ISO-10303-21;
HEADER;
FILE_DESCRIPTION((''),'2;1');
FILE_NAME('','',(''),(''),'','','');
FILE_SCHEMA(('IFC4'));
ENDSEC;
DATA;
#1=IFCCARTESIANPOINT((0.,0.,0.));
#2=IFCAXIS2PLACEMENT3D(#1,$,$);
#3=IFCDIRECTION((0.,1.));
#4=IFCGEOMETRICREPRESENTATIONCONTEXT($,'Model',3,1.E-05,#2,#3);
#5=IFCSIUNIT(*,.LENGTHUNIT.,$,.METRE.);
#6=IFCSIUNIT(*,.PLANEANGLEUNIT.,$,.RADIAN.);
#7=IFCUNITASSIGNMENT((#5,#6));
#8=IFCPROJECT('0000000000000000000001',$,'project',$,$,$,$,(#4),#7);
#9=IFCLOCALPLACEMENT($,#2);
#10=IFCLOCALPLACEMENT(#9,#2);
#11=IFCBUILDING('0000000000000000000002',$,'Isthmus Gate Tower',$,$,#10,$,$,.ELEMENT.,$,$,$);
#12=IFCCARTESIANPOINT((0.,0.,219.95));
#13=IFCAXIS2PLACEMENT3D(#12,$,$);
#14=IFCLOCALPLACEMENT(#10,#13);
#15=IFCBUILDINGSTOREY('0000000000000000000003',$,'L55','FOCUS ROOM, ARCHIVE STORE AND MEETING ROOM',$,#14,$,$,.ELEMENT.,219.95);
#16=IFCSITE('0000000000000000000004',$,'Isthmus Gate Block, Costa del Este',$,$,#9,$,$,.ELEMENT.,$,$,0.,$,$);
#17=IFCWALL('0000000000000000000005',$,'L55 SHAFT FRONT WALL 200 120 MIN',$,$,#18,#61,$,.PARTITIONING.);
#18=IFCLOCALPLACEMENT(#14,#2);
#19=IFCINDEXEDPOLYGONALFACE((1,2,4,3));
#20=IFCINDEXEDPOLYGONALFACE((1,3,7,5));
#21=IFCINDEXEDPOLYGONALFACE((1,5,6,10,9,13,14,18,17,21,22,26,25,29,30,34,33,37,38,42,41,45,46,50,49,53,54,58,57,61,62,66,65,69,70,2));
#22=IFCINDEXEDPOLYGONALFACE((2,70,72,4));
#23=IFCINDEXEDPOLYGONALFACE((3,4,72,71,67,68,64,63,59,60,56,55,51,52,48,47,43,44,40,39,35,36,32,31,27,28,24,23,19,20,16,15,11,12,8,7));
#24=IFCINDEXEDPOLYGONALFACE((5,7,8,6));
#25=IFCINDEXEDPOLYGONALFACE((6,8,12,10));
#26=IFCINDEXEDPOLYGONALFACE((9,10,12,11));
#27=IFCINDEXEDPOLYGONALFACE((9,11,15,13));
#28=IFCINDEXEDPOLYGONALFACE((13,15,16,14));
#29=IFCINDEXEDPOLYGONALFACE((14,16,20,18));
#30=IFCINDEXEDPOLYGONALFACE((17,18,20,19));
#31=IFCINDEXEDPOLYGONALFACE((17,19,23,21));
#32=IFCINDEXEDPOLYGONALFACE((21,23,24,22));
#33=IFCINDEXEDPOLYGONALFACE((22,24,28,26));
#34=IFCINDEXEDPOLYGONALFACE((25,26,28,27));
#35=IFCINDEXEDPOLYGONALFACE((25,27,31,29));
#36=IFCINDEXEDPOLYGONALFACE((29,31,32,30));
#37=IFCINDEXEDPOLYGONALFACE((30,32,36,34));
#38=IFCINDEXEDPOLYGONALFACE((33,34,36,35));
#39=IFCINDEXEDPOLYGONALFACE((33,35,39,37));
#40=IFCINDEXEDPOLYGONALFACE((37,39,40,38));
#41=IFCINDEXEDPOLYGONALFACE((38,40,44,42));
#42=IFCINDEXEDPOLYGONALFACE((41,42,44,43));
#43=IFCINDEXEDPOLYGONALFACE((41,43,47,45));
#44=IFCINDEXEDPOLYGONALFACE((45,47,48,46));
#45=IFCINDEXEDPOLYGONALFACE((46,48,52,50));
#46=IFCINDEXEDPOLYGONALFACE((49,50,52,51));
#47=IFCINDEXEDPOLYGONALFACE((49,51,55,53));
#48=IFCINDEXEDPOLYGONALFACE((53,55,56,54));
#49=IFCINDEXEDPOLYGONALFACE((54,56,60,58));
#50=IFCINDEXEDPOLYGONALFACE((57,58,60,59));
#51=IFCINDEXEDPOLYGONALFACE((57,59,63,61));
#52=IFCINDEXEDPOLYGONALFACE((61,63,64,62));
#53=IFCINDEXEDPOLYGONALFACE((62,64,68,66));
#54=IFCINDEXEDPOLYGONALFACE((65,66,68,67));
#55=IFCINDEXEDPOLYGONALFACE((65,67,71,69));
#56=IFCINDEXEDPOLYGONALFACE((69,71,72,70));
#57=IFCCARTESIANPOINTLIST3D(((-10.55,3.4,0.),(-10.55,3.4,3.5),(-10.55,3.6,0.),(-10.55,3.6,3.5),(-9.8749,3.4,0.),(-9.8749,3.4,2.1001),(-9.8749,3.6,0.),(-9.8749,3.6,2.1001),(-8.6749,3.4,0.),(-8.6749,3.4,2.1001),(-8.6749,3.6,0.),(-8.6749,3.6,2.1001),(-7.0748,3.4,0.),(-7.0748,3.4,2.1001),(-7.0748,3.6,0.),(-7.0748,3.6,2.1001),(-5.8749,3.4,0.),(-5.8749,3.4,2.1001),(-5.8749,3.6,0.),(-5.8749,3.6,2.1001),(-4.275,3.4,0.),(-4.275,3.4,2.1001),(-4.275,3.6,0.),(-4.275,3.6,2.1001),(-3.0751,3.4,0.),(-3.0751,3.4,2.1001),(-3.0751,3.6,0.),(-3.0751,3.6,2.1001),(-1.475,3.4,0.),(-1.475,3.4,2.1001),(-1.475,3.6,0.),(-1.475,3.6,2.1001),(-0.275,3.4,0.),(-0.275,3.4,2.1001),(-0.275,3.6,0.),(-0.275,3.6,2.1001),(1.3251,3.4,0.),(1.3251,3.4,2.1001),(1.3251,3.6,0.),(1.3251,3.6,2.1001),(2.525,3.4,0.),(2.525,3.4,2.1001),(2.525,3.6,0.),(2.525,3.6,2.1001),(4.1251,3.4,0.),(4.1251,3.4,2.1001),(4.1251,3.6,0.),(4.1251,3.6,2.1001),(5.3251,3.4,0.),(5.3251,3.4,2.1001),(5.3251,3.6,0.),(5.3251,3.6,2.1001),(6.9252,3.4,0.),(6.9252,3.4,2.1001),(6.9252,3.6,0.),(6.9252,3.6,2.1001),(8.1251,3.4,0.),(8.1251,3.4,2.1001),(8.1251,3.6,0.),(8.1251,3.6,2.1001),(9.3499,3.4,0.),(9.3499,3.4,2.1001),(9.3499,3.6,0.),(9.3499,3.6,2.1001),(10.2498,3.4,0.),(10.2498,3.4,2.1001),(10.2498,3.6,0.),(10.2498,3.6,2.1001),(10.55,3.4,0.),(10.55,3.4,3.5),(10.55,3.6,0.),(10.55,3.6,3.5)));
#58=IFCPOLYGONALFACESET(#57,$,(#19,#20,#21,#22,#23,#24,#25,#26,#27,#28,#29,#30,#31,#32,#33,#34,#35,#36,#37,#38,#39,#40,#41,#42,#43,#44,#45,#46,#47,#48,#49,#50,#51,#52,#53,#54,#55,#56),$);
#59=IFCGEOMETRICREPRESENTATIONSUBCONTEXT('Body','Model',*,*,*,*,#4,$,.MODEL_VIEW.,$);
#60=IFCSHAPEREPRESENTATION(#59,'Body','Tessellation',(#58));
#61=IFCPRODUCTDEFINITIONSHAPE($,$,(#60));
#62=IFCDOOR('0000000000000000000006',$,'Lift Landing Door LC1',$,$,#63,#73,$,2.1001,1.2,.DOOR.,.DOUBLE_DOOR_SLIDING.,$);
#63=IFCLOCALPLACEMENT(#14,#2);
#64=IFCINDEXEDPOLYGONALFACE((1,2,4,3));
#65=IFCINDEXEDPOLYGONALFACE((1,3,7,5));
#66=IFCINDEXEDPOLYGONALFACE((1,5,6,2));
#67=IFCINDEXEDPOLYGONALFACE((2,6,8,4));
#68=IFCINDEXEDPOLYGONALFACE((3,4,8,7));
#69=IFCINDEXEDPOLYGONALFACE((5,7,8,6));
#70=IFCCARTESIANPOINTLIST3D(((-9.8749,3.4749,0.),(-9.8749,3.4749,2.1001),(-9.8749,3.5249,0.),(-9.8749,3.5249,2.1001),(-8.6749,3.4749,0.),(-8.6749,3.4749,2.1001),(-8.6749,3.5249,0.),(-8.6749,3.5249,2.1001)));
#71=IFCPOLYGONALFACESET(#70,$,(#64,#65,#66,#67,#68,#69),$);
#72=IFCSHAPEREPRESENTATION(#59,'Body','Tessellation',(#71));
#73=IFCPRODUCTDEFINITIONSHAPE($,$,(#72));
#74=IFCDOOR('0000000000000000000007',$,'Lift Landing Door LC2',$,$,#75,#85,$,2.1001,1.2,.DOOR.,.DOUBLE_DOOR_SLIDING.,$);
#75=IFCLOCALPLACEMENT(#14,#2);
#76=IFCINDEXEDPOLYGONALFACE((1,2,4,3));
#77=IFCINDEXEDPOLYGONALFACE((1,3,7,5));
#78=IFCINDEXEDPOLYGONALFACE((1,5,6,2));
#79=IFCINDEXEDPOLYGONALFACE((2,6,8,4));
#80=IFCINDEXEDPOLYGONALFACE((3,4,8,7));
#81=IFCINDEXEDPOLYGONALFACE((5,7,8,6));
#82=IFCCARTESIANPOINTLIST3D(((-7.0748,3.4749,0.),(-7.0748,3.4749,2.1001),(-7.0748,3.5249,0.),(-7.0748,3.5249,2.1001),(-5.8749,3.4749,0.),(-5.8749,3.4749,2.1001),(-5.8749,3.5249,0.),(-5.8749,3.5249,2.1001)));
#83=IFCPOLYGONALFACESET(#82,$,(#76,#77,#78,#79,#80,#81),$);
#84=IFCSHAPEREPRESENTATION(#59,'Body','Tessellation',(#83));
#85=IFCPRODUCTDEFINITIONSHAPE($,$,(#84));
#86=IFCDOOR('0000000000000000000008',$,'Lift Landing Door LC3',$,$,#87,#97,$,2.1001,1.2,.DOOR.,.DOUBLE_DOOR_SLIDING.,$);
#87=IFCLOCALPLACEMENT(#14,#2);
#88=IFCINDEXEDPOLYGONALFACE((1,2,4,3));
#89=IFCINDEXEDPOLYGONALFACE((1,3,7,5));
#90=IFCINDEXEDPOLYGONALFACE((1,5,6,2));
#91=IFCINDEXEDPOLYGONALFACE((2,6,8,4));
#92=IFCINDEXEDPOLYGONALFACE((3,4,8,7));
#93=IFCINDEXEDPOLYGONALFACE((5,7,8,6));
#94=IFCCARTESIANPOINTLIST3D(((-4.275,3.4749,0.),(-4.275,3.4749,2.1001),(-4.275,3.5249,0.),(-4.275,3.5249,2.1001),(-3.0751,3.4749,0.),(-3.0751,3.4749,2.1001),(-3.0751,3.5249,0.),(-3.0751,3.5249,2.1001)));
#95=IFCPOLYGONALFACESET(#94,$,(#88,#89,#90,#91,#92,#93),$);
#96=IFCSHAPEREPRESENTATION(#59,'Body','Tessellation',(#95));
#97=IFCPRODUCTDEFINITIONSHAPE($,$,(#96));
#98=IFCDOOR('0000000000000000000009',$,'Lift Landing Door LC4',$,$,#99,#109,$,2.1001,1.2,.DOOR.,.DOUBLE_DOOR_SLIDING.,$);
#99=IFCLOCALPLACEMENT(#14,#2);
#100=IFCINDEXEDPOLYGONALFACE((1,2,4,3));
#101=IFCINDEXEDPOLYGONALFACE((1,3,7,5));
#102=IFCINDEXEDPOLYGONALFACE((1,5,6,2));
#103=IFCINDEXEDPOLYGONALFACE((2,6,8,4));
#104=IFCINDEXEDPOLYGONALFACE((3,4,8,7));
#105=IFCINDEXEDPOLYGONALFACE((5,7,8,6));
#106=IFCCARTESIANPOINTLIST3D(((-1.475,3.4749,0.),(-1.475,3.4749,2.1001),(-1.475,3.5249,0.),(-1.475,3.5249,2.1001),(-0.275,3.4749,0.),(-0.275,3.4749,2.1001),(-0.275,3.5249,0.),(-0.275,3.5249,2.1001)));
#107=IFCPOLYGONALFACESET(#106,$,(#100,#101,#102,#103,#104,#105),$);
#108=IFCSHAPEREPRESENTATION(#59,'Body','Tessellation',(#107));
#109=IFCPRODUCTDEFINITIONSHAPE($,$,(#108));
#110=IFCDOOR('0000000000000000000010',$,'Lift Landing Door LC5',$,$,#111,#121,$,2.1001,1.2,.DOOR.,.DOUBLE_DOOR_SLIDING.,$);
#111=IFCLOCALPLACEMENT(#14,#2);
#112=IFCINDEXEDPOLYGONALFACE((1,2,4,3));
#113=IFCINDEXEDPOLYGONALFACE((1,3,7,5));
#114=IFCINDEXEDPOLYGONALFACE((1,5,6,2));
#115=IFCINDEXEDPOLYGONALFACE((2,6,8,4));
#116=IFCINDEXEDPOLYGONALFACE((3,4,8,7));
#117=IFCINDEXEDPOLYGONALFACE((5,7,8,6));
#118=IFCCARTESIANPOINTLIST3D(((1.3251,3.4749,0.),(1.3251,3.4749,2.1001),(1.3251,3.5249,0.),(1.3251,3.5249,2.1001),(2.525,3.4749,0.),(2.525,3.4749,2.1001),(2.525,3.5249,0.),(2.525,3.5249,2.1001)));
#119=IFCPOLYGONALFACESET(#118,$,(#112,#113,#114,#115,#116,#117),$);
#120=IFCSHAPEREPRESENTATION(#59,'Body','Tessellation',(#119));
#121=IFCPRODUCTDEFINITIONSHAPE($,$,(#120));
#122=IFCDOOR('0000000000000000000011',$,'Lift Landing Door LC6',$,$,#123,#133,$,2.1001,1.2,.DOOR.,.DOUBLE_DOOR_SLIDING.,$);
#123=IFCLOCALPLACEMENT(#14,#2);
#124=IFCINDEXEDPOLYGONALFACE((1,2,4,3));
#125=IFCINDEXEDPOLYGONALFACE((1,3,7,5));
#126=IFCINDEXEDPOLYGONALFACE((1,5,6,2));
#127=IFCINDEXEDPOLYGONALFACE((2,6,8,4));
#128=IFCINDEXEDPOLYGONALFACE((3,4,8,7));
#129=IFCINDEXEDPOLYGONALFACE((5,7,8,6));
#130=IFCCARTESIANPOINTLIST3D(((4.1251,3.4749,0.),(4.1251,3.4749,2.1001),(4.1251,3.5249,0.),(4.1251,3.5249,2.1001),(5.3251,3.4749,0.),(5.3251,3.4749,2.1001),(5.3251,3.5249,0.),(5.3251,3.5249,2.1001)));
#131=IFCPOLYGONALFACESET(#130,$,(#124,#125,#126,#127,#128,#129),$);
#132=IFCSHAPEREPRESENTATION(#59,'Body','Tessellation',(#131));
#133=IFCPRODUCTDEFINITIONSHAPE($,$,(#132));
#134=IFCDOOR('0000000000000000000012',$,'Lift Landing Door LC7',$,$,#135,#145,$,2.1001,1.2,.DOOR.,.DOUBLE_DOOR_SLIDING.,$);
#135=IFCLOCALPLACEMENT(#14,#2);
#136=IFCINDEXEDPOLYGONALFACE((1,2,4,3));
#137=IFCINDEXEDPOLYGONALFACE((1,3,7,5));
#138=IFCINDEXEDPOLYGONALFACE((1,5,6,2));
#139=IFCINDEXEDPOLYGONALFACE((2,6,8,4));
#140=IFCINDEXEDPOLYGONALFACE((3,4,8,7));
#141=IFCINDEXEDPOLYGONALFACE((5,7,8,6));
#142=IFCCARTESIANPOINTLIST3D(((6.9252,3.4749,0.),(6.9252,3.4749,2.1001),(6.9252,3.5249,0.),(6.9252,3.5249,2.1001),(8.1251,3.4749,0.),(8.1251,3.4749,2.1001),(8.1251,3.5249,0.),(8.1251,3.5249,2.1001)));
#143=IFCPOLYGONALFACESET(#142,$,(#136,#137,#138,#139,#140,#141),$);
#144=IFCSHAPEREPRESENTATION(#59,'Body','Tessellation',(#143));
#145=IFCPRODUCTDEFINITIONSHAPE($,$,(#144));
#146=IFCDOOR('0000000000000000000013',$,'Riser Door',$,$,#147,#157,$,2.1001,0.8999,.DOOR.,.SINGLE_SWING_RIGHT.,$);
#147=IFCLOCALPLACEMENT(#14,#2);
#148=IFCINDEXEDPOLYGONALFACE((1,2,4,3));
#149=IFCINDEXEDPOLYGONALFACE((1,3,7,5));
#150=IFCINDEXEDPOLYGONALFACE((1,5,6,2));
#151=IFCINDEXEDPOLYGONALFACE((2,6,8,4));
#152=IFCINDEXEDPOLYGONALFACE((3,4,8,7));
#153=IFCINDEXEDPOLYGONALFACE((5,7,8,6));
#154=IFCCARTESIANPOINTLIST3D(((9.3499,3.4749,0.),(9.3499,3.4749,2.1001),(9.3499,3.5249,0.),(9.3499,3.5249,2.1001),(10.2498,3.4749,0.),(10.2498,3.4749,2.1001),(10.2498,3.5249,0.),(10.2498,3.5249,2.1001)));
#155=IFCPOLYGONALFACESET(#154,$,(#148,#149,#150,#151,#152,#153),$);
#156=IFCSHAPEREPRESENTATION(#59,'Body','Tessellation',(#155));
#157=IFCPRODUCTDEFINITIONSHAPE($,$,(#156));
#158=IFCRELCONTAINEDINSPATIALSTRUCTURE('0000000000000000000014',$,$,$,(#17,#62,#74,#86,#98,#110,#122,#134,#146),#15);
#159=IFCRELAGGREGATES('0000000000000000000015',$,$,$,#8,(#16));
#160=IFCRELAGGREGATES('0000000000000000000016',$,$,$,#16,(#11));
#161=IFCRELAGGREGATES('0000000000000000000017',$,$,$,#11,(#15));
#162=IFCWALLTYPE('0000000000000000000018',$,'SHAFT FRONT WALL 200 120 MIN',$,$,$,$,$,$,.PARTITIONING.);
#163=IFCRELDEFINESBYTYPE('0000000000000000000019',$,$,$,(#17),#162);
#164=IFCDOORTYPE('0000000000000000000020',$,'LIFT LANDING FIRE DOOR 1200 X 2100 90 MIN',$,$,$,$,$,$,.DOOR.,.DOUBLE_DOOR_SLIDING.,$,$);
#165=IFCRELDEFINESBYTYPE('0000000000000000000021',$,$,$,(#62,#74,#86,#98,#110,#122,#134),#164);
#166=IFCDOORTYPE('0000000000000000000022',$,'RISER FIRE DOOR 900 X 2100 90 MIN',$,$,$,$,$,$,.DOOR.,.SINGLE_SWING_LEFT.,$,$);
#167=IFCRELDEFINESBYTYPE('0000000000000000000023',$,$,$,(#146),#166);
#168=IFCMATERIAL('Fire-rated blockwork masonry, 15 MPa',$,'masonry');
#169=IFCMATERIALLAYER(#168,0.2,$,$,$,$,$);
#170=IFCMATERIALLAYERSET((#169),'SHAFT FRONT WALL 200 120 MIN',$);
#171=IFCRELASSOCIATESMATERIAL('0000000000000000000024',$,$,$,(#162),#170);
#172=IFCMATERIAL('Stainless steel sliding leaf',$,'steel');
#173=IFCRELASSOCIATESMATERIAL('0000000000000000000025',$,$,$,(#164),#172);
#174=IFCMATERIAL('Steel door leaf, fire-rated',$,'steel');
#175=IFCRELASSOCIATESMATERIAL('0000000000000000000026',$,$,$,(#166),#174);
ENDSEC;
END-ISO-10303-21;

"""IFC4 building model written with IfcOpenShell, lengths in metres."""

from ifc_helpers import new_model, si_unit, direction, frame, frame_2d, origin, place, context, subcontext, project, spatial, rectangle, extrude, material, layer, layer_set, type_object, element, fill, save


model = new_model("IFC4")

# Units and contexts
model_context = context("Model", 3, precision=1e-05, world=origin(), true_north=direction((0.0, 1.0)))
body_context = subcontext(model_context, "Body", "Model", "MODEL_VIEW")
ifc_project = project(units=[si_unit("LENGTHUNIT", "METRE"), si_unit("PLANEANGLEUNIT", "RADIAN")], contexts=[model_context])

# Site, building, storey
site_placement = place(None, origin())
site = spatial("IfcSite", under=ifc_project, at=site_placement, Name="Isthmus Gate Block, Costa del Este", CompositionType="ELEMENT", RefElevation=0.0)
building_placement = place(site_placement, origin())
building = spatial("IfcBuilding", under=site, at=building_placement, Name="Isthmus Gate Tower", CompositionType="ELEMENT")
storey_placement = place(building_placement, frame((0.0, 0.0, 219.95)))
storey = spatial("IfcBuildingStorey", under=building, at=storey_placement, Name="L55", Description="FOCUS ROOM, ARCHIVE STORE AND MEETING ROOM", CompositionType="ELEMENT", Elevation=219.95)

# Wall, openings, doors
ifc_material_1 = material(Name="Fire-rated blockwork masonry, 15 MPa", Category="masonry")
ifc_layer_1 = layer(ifc_material_1, 0.2)
ifc_layer_set_1 = layer_set([ifc_layer_1], Name="SHAFT FRONT WALL 200 120 MIN")
wall_type_1 = type_object("IfcWallType", Name="SHAFT FRONT WALL 200 120 MIN", PredefinedType="PARTITIONING", material=ifc_layer_set_1)
wall_1_placement = place(storey_placement, frame((-10.55, 3.5, 0.0), z_axis=(0.0, 0.0, 1.0), x_axis=(1.0, 0.0, 0.0)))
wall_1 = element("IfcWall", 1, at=wall_1_placement, inside=storey, type_object=wall_type_1, Name="L55 SHAFT FRONT WALL 200 120 MIN", PredefinedType="PARTITIONING", context=body_context, shape_type="SweptSolid", body=[
    extrude(rectangle(XDim=21.1001, YDim=0.2, at=frame_2d((10.55, 0.0))), origin(), (0.0, 0.0, 1.0), 3.5),
])
opening_1_placement = place(wall_1_placement, frame((0.675, 0.0, 0.0)))
opening_1 = element("IfcOpeningElement", 2, at=opening_1_placement, cuts=wall_1, PredefinedType="OPENING", context=body_context, shape_type="SweptSolid", body=[
    extrude(rectangle(XDim=1.2, YDim=2.1001, at=frame_2d((0.6001, 1.05))), frame((0.0, 0.1099, 0.0), z_axis=(0.0, -1.0, 0.0), x_axis=(1.0, 0.0, 0.0)), (0.0, 0.0, 1.0), 0.22),
])
opening_2_placement = place(wall_1_placement, frame((3.4751, 0.0, 0.0)))
opening_2 = element("IfcOpeningElement", 3, at=opening_2_placement, cuts=wall_1, PredefinedType="OPENING", context=body_context, shape_type="SweptSolid", body=[
    extrude(rectangle(XDim=1.2, YDim=2.1001, at=frame_2d((0.6001, 1.05))), frame((0.0, 0.1099, 0.0), z_axis=(0.0, -1.0, 0.0), x_axis=(1.0, 0.0, 0.0)), (0.0, 0.0, 1.0), 0.22),
])
opening_3_placement = place(wall_1_placement, frame((6.2749, 0.0, 0.0)))
opening_3 = element("IfcOpeningElement", 4, at=opening_3_placement, cuts=wall_1, PredefinedType="OPENING", context=body_context, shape_type="SweptSolid", body=[
    extrude(rectangle(XDim=1.2, YDim=2.1001, at=frame_2d((0.6001, 1.05))), frame((0.0, 0.1099, 0.0), z_axis=(0.0, -1.0, 0.0), x_axis=(1.0, 0.0, 0.0)), (0.0, 0.0, 1.0), 0.22),
])
opening_4_placement = place(wall_1_placement, frame((9.075, 0.0, 0.0)))
opening_4 = element("IfcOpeningElement", 5, at=opening_4_placement, cuts=wall_1, PredefinedType="OPENING", context=body_context, shape_type="SweptSolid", body=[
    extrude(rectangle(XDim=1.2, YDim=2.1001, at=frame_2d((0.6001, 1.05))), frame((0.0, 0.1099, 0.0), z_axis=(0.0, -1.0, 0.0), x_axis=(1.0, 0.0, 0.0)), (0.0, 0.0, 1.0), 0.22),
])
opening_5_placement = place(wall_1_placement, frame((11.875, 0.0, 0.0)))
opening_5 = element("IfcOpeningElement", 6, at=opening_5_placement, cuts=wall_1, PredefinedType="OPENING", context=body_context, shape_type="SweptSolid", body=[
    extrude(rectangle(XDim=1.2, YDim=2.1001, at=frame_2d((0.6001, 1.05))), frame((0.0, 0.1099, 0.0), z_axis=(0.0, -1.0, 0.0), x_axis=(1.0, 0.0, 0.0)), (0.0, 0.0, 1.0), 0.22),
])
opening_6_placement = place(wall_1_placement, frame((14.675, 0.0, 0.0)))
opening_6 = element("IfcOpeningElement", 7, at=opening_6_placement, cuts=wall_1, PredefinedType="OPENING", context=body_context, shape_type="SweptSolid", body=[
    extrude(rectangle(XDim=1.2, YDim=2.1001, at=frame_2d((0.6001, 1.05))), frame((0.0, 0.1099, 0.0), z_axis=(0.0, -1.0, 0.0), x_axis=(1.0, 0.0, 0.0)), (0.0, 0.0, 1.0), 0.22),
])
opening_7_placement = place(wall_1_placement, frame((17.4751, 0.0, 0.0)))
opening_7 = element("IfcOpeningElement", 8, at=opening_7_placement, cuts=wall_1, PredefinedType="OPENING", context=body_context, shape_type="SweptSolid", body=[
    extrude(rectangle(XDim=1.2, YDim=2.1001, at=frame_2d((0.6001, 1.05))), frame((0.0, 0.1099, 0.0), z_axis=(0.0, -1.0, 0.0), x_axis=(1.0, 0.0, 0.0)), (0.0, 0.0, 1.0), 0.22),
])
opening_8_placement = place(wall_1_placement, frame((19.8999, 0.0, 0.0)))
opening_8 = element("IfcOpeningElement", 9, at=opening_8_placement, cuts=wall_1, PredefinedType="OPENING", context=body_context, shape_type="SweptSolid", body=[
    extrude(rectangle(XDim=0.8999, YDim=2.1001, at=frame_2d((0.45, 1.05))), frame((0.0, 0.1099, 0.0), z_axis=(0.0, -1.0, 0.0), x_axis=(1.0, 0.0, 0.0)), (0.0, 0.0, 1.0), 0.22),
])
ifc_material_2 = material(Name="Stainless steel sliding leaf", Category="steel")
door_type_1 = type_object("IfcDoorType", Name="LIFT LANDING FIRE DOOR 1200 X 2100 90 MIN", OperationType="DOUBLE_DOOR_SLIDING", PredefinedType="DOOR", material=ifc_material_2)
door_1_placement = place(opening_1_placement, origin())
door_1 = element("IfcDoor", 10, at=door_1_placement, inside=storey, type_object=door_type_1, Name="Lift Landing Door LC1", OperationType="DOUBLE_DOOR_SLIDING", OverallHeight=2.1001, OverallWidth=1.2, PredefinedType="DOOR", context=body_context, shape_type="SweptSolid", body=[
    extrude(rectangle(XDim=1.2, YDim=2.1001, at=frame_2d((0.6001, 1.05))), frame((0.0, 0.0249, 0.0), z_axis=(0.0, -1.0, 0.0), x_axis=(1.0, 0.0, 0.0)), (0.0, 0.0, 1.0), 0.05),
])
fill(opening_1, door_1)
door_2_placement = place(opening_2_placement, origin())
door_2 = element("IfcDoor", 11, at=door_2_placement, inside=storey, type_object=door_type_1, Name="Lift Landing Door LC2", OperationType="DOUBLE_DOOR_SLIDING", OverallHeight=2.1001, OverallWidth=1.2, PredefinedType="DOOR", context=body_context, shape_type="SweptSolid", body=[
    extrude(rectangle(XDim=1.2, YDim=2.1001, at=frame_2d((0.6001, 1.05))), frame((0.0, 0.0249, 0.0), z_axis=(0.0, -1.0, 0.0), x_axis=(1.0, 0.0, 0.0)), (0.0, 0.0, 1.0), 0.05),
])
fill(opening_2, door_2)
door_3_placement = place(opening_3_placement, origin())
door_3 = element("IfcDoor", 12, at=door_3_placement, inside=storey, type_object=door_type_1, Name="Lift Landing Door LC3", OperationType="DOUBLE_DOOR_SLIDING", OverallHeight=2.1001, OverallWidth=1.2, PredefinedType="DOOR", context=body_context, shape_type="SweptSolid", body=[
    extrude(rectangle(XDim=1.2, YDim=2.1001, at=frame_2d((0.6001, 1.05))), frame((0.0, 0.0249, 0.0), z_axis=(0.0, -1.0, 0.0), x_axis=(1.0, 0.0, 0.0)), (0.0, 0.0, 1.0), 0.05),
])
fill(opening_3, door_3)
door_4_placement = place(opening_4_placement, origin())
door_4 = element("IfcDoor", 13, at=door_4_placement, inside=storey, type_object=door_type_1, Name="Lift Landing Door LC4", OperationType="DOUBLE_DOOR_SLIDING", OverallHeight=2.1001, OverallWidth=1.2, PredefinedType="DOOR", context=body_context, shape_type="SweptSolid", body=[
    extrude(rectangle(XDim=1.2, YDim=2.1001, at=frame_2d((0.6001, 1.05))), frame((0.0, 0.0249, 0.0), z_axis=(0.0, -1.0, 0.0), x_axis=(1.0, 0.0, 0.0)), (0.0, 0.0, 1.0), 0.05),
])
fill(opening_4, door_4)
door_5_placement = place(opening_5_placement, origin())
door_5 = element("IfcDoor", 14, at=door_5_placement, inside=storey, type_object=door_type_1, Name="Lift Landing Door LC5", OperationType="DOUBLE_DOOR_SLIDING", OverallHeight=2.1001, OverallWidth=1.2, PredefinedType="DOOR", context=body_context, shape_type="SweptSolid", body=[
    extrude(rectangle(XDim=1.2, YDim=2.1001, at=frame_2d((0.6001, 1.05))), frame((0.0, 0.0249, 0.0), z_axis=(0.0, -1.0, 0.0), x_axis=(1.0, 0.0, 0.0)), (0.0, 0.0, 1.0), 0.05),
])
fill(opening_5, door_5)
door_6_placement = place(opening_6_placement, origin())
door_6 = element("IfcDoor", 15, at=door_6_placement, inside=storey, type_object=door_type_1, Name="Lift Landing Door LC6", OperationType="DOUBLE_DOOR_SLIDING", OverallHeight=2.1001, OverallWidth=1.2, PredefinedType="DOOR", context=body_context, shape_type="SweptSolid", body=[
    extrude(rectangle(XDim=1.2, YDim=2.1001, at=frame_2d((0.6001, 1.05))), frame((0.0, 0.0249, 0.0), z_axis=(0.0, -1.0, 0.0), x_axis=(1.0, 0.0, 0.0)), (0.0, 0.0, 1.0), 0.05),
])
fill(opening_6, door_6)
door_7_placement = place(opening_7_placement, origin())
door_7 = element("IfcDoor", 16, at=door_7_placement, inside=storey, type_object=door_type_1, Name="Lift Landing Door LC7", OperationType="DOUBLE_DOOR_SLIDING", OverallHeight=2.1001, OverallWidth=1.2, PredefinedType="DOOR", context=body_context, shape_type="SweptSolid", body=[
    extrude(rectangle(XDim=1.2, YDim=2.1001, at=frame_2d((0.6001, 1.05))), frame((0.0, 0.0249, 0.0), z_axis=(0.0, -1.0, 0.0), x_axis=(1.0, 0.0, 0.0)), (0.0, 0.0, 1.0), 0.05),
])
fill(opening_7, door_7)
ifc_material_3 = material(Name="Steel door leaf, fire-rated", Category="steel")
door_type_2 = type_object("IfcDoorType", Name="RISER FIRE DOOR 900 X 2100 90 MIN", OperationType="SINGLE_SWING_LEFT", PredefinedType="DOOR", material=ifc_material_3)
door_8_placement = place(opening_8_placement, origin())
door_8 = element("IfcDoor", 17, at=door_8_placement, inside=storey, type_object=door_type_2, Name="Riser Door", OperationType="SINGLE_SWING_RIGHT", OverallHeight=2.1001, OverallWidth=0.8999, PredefinedType="DOOR", context=body_context, shape_type="SweptSolid", body=[
    extrude(rectangle(XDim=0.8999, YDim=2.1001, at=frame_2d((0.45, 1.05))), frame((0.0, 0.0249, 0.0), z_axis=(0.0, -1.0, 0.0), x_axis=(1.0, 0.0, 0.0)), (0.0, 0.0, 1.0), 0.05),
])
fill(opening_8, door_8)

save(model, "model.ifc")
